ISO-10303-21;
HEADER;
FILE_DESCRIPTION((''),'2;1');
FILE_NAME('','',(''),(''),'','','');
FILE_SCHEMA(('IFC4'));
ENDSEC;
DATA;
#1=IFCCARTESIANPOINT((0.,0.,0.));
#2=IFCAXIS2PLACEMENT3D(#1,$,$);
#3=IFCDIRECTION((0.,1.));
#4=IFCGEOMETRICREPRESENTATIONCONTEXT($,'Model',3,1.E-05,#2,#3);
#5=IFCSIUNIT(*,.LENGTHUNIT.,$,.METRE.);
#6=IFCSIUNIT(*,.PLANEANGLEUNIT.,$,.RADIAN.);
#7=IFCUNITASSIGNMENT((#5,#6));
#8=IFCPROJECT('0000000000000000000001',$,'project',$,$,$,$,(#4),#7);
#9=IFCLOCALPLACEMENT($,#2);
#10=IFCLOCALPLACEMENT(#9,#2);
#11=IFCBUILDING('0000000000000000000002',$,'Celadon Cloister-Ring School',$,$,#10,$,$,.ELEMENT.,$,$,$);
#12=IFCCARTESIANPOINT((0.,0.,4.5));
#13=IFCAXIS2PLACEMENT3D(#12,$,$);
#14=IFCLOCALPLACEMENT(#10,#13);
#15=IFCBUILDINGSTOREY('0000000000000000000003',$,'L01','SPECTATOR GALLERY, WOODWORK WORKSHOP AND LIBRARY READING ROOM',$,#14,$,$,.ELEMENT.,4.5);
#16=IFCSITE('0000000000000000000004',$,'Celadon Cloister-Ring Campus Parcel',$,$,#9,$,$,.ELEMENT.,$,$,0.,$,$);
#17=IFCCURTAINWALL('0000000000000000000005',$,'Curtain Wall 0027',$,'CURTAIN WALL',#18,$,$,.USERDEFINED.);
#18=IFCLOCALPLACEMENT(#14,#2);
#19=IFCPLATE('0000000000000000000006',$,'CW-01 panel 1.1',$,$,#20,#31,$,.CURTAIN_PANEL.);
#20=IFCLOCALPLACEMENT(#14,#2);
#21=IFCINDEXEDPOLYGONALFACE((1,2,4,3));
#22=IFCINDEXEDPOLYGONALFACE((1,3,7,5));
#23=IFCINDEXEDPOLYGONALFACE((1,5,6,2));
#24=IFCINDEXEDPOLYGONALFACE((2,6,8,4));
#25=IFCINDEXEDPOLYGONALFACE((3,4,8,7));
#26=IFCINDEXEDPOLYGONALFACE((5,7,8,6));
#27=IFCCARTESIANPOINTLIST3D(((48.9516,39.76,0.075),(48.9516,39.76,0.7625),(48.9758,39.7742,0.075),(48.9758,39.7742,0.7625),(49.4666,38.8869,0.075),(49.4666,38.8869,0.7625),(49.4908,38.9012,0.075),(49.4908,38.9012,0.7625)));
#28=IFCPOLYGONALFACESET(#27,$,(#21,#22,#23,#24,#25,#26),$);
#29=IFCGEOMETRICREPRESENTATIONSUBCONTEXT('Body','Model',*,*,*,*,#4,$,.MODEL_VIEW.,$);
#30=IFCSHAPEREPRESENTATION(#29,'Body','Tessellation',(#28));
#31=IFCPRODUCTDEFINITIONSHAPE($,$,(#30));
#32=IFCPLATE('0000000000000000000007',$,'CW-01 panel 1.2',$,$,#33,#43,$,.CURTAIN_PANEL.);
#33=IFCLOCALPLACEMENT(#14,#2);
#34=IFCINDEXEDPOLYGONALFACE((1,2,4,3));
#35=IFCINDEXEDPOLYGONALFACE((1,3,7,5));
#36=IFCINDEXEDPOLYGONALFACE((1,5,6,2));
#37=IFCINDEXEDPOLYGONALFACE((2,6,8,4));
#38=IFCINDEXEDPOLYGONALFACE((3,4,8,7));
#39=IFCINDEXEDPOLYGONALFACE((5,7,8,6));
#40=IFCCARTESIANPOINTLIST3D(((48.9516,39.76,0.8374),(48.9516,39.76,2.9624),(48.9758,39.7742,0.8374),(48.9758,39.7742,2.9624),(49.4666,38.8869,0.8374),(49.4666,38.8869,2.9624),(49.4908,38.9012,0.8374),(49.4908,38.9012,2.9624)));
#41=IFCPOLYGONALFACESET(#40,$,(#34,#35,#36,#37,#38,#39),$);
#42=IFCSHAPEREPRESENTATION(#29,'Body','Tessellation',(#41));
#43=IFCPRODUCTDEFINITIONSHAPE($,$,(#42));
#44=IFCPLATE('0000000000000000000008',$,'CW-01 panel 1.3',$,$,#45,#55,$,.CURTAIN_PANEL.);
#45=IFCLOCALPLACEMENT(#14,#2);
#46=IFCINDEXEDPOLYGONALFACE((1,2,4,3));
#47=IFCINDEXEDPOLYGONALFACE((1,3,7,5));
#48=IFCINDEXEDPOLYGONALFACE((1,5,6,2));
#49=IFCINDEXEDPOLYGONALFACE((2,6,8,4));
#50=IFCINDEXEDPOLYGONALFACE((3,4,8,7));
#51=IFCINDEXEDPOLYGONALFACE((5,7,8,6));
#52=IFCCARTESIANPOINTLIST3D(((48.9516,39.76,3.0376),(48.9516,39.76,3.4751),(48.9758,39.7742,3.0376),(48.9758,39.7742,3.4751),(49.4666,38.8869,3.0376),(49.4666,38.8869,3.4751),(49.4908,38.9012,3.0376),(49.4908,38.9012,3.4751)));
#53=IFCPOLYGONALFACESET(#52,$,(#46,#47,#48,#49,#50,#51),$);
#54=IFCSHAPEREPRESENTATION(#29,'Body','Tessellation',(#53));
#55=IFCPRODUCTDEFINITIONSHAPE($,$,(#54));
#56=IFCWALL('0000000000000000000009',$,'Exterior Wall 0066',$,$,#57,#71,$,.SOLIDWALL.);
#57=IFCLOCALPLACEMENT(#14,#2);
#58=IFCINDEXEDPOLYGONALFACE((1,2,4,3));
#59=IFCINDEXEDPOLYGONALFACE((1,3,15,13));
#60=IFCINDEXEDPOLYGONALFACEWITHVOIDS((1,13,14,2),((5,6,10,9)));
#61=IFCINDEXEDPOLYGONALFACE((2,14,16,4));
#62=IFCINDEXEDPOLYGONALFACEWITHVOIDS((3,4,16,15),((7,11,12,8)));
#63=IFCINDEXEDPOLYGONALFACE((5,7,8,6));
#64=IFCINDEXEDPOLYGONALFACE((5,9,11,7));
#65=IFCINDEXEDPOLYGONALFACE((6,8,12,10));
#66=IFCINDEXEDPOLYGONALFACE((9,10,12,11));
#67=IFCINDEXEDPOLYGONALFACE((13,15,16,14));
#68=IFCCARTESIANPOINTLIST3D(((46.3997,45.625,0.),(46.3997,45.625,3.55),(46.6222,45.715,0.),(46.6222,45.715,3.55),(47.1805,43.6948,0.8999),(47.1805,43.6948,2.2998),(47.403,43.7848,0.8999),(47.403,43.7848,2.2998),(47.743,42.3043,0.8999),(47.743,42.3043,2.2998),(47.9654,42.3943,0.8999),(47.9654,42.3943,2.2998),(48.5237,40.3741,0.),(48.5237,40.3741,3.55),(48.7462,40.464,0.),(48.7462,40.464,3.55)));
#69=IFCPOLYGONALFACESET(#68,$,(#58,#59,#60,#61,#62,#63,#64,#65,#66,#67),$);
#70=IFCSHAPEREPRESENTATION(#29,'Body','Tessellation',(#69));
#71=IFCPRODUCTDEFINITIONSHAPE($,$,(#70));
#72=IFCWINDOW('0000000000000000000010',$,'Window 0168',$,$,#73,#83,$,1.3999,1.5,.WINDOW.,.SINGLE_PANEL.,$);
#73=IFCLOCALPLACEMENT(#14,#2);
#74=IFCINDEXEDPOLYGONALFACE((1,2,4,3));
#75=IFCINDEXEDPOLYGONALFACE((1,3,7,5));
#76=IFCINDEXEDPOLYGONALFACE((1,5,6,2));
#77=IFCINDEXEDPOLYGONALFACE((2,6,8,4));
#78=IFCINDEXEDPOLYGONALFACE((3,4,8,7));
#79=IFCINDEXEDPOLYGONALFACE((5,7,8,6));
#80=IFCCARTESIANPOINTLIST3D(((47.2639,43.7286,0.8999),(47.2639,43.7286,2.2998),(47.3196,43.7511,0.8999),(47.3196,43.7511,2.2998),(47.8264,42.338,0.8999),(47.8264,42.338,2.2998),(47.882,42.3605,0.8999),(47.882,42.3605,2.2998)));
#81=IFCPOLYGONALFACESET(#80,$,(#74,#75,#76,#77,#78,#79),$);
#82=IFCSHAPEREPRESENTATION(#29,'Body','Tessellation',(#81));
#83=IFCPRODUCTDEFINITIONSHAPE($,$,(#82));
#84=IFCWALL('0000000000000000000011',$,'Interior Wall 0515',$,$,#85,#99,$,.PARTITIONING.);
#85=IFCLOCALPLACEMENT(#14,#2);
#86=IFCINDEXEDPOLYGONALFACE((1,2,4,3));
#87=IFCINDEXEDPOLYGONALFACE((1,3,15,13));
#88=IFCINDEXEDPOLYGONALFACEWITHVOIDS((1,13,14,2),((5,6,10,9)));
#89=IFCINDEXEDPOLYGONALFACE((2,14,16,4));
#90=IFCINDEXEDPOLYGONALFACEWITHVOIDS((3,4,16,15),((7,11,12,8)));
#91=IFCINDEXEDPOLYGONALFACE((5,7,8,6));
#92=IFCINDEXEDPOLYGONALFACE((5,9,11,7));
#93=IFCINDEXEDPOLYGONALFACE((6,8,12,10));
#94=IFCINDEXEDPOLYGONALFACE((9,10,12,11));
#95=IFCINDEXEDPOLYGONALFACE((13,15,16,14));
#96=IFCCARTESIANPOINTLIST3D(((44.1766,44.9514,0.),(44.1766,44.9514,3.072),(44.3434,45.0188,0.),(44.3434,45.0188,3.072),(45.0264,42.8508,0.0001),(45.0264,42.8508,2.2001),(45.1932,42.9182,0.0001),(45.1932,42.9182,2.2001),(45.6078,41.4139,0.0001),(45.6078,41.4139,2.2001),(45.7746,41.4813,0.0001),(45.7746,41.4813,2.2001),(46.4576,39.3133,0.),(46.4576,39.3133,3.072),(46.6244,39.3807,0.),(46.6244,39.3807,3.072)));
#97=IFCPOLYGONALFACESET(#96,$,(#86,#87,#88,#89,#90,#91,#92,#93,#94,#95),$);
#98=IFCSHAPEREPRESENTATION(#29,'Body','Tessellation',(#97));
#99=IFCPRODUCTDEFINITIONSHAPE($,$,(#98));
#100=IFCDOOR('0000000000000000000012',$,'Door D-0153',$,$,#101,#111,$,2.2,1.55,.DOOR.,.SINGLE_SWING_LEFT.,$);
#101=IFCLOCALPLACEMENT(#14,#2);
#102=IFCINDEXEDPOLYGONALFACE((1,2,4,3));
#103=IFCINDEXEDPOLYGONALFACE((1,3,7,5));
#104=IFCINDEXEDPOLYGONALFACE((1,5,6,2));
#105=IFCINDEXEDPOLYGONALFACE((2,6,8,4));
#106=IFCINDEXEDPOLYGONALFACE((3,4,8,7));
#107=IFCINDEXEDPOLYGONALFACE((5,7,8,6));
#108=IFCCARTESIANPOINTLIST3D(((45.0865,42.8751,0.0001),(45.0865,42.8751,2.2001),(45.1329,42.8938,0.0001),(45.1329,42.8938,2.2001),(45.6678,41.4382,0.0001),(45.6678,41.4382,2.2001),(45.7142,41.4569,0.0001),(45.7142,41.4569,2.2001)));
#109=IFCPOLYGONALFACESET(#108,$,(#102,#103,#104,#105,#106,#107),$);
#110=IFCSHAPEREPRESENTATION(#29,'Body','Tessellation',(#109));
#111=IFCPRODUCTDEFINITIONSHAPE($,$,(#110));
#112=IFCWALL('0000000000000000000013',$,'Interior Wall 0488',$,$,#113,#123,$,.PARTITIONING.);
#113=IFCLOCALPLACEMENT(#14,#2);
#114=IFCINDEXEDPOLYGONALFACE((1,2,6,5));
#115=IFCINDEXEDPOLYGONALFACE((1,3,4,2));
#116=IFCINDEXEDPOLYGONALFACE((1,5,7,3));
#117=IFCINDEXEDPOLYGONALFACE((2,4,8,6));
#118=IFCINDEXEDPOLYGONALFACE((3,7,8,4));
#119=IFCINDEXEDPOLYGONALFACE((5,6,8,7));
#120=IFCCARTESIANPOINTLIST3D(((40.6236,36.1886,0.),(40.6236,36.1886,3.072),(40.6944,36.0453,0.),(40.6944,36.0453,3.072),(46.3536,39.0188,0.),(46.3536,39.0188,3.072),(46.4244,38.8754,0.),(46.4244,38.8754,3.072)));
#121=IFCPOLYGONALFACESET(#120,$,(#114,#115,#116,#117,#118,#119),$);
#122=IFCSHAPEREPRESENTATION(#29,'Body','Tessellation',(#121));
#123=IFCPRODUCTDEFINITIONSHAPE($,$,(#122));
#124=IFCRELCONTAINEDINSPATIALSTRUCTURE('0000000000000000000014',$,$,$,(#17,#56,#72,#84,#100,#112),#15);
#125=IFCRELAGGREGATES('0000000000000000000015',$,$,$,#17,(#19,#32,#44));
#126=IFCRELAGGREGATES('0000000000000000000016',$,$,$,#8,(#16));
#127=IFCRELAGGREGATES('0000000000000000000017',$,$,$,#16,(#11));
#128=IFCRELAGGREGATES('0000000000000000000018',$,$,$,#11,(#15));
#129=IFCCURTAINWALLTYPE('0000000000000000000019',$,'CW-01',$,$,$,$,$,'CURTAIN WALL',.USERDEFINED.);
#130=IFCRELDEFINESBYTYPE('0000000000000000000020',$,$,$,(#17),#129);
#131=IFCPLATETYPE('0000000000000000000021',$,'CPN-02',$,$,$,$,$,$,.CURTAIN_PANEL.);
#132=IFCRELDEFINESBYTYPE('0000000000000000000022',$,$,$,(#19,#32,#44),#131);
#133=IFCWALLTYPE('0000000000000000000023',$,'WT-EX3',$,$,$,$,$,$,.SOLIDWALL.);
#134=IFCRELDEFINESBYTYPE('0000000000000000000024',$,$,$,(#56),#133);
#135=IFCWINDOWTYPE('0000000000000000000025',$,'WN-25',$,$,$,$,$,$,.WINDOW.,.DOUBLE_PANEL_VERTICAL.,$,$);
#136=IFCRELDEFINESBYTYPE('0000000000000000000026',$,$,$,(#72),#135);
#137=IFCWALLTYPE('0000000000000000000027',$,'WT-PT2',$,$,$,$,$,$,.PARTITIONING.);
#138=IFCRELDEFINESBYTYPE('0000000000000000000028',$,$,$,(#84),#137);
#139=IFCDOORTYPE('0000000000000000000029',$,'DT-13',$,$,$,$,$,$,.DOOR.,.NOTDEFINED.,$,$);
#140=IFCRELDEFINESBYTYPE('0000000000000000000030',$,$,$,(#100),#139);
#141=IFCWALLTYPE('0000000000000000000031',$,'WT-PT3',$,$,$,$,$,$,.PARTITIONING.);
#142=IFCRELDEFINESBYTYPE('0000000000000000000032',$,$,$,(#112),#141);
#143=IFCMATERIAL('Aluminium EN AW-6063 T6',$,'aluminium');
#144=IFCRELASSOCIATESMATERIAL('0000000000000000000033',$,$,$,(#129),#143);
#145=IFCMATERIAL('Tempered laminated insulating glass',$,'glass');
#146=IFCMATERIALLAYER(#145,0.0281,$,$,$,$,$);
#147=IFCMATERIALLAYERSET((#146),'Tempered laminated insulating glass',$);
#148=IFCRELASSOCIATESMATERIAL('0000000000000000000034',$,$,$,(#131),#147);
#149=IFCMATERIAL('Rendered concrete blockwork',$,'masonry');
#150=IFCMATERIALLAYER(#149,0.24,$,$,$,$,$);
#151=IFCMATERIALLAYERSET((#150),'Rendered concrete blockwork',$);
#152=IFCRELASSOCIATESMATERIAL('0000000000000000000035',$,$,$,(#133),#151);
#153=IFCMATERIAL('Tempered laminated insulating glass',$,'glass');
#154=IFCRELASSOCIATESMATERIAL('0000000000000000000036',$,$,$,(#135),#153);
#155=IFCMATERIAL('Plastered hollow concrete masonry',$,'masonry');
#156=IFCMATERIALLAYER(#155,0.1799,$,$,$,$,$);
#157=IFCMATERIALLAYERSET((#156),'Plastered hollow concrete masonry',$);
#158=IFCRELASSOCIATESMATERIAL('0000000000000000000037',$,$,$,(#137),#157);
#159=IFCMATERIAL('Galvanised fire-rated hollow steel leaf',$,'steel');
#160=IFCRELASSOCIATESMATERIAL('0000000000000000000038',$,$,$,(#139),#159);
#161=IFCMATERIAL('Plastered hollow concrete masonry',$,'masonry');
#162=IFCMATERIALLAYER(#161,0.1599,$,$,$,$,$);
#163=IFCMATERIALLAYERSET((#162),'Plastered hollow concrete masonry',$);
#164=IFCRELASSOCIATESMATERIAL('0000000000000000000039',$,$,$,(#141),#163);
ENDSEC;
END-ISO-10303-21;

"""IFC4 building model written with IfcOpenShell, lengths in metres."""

from ifc_helpers import new_model, si_unit, direction, frame, frame_2d, origin, origin_2d, place, context, subcontext, project, spatial, rectangle, extrude, material, layer, layer_set, type_object, element, fill, aggregate, save


model = new_model("IFC4")

# Units and contexts
model_context = context("Model", 3, precision=1e-05, world=origin(), true_north=direction((0.0, 1.0)))
body_context = subcontext(model_context, "Body", "Model", "MODEL_VIEW")
ifc_project = project(units=[si_unit("LENGTHUNIT", "METRE"), si_unit("PLANEANGLEUNIT", "RADIAN")], contexts=[model_context])

# Site, building, storey
site_placement = place(None, origin())
site = spatial("IfcSite", under=ifc_project, at=site_placement, Name="Celadon Cloister-Ring Campus Parcel", CompositionType="ELEMENT", RefElevation=0.0)
building_placement = place(site_placement, origin())
building = spatial("IfcBuilding", under=site, at=building_placement, Name="Celadon Cloister-Ring School", CompositionType="ELEMENT")
storey_placement = place(building_placement, frame((0.0, 0.0, 4.5)))
storey = spatial("IfcBuildingStorey", under=building, at=storey_placement, Name="L01", Description="SPECTATOR GALLERY, WOODWORK WORKSHOP AND LIBRARY READING ROOM", CompositionType="ELEMENT", Elevation=4.5)

# Shared definitions
ifc_material_1 = material(Name="Aluminium EN AW-6063 T6", Category="aluminium")
curtain_wall_type = type_object("IfcCurtainWallType", Name="CW-01", ElementType="CURTAIN WALL", PredefinedType="USERDEFINED", material=ifc_material_1)

# Curtain wall
curtain_wall_1_placement = place(storey_placement, origin())
curtain_wall_1 = element("IfcCurtainWall", 1, at=curtain_wall_1_placement, inside=storey, type_object=curtain_wall_type, Name="Curtain Wall 0027", ObjectType="CURTAIN WALL", PredefinedType="USERDEFINED")

# Plates
ifc_material_2 = material(Name="Tempered laminated insulating glass", Category="glass")
ifc_layer_1 = layer(ifc_material_2, 0.0281)
ifc_layer_set_1 = layer_set([ifc_layer_1], Name="Tempered laminated insulating glass")
plate_type = type_object("IfcPlateType", Name="CPN-02", PredefinedType="CURTAIN_PANEL", material=ifc_layer_set_1)
plate_1_placement = place(storey_placement, frame((49.2212, 39.3306, 0.075), z_axis=(0.0, 0.0, 1.0), x_axis=(0.508099, -0.861299, 0.0)))
plate_1 = element("IfcPlate", 2, at=plate_1_placement, type_object=plate_type, Name="CW-01 panel 1.1", PredefinedType="CURTAIN_PANEL", context=body_context, shape_type="SweptSolid", body=[
    extrude(rectangle(XDim=1.0137, YDim=0.0281, at=origin_2d()), origin(), (0.0, 0.0, 1.0), 0.6875),
])
plate_2_placement = place(storey_placement, frame((49.2212, 39.3306, 0.8374), z_axis=(0.0, 0.0, 1.0), x_axis=(0.508099, -0.861299, 0.0)))
plate_2 = element("IfcPlate", 3, at=plate_2_placement, type_object=plate_type, Name="CW-01 panel 1.2", PredefinedType="CURTAIN_PANEL", context=body_context, shape_type="SweptSolid", body=[
    extrude(rectangle(XDim=1.0137, YDim=0.0281, at=origin_2d()), origin(), (0.0, 0.0, 1.0), 2.125),
])
plate_3_placement = place(storey_placement, frame((49.2212, 39.3306, 3.0376), z_axis=(0.0, 0.0, 1.0), x_axis=(0.508099, -0.861299, 0.0)))
plate_3 = element("IfcPlate", 4, at=plate_3_placement, type_object=plate_type, Name="CW-01 panel 1.3", PredefinedType="CURTAIN_PANEL", context=body_context, shape_type="SweptSolid", body=[
    extrude(rectangle(XDim=1.0137, YDim=0.0281, at=origin_2d()), origin(), (0.0, 0.0, 1.0), 0.4375),
])
aggregate(curtain_wall_1, [plate_1, plate_2, plate_3])

# Wall, opening, window
ifc_material_3 = material(Name="Rendered concrete blockwork", Category="masonry")
ifc_layer_2 = layer(ifc_material_3, 0.24)
ifc_layer_set_2 = layer_set([ifc_layer_2], Name="Rendered concrete blockwork")
wall_type_1 = type_object("IfcWallType", Name="WT-EX3", PredefinedType="SOLIDWALL", material=ifc_layer_set_2)
wall_1_placement = place(storey_placement, frame((46.511, 45.6699, 0.0), z_axis=(0.0, 0.0, 1.0), x_axis=(0.374985, -0.927031, 0.0)))
wall_1 = element("IfcWall", 5, at=wall_1_placement, inside=storey, type_object=wall_type_1, Name="Exterior Wall 0066", PredefinedType="SOLIDWALL", context=body_context, shape_type="SweptSolid", body=[
    extrude(rectangle(XDim=5.6643, YDim=0.24, at=frame_2d((2.832, 0.0))), origin(), (0.0, 0.0, 1.0), 3.55),
])
opening_1_placement = place(wall_1_placement, frame((2.082, 0.0, 0.8999)))
opening_1 = element("IfcOpeningElement", 6, at=opening_1_placement, cuts=wall_1, PredefinedType="OPENING", context=body_context, shape_type="SweptSolid", body=[
    extrude(rectangle(XDim=1.5, YDim=1.3999, at=frame_2d((0.75, 0.7))), frame((0.0, 0.1299, 0.0), z_axis=(0.0, -1.0, 0.0), x_axis=(1.0, 0.0, 0.0)), (0.0, 0.0, 1.0), 0.26),
])
ifc_material_4 = material(Name="Tempered laminated insulating glass", Category="glass")
window_type = type_object("IfcWindowType", Name="WN-25", PartitioningType="DOUBLE_PANEL_VERTICAL", PredefinedType="WINDOW", material=ifc_material_4)
window_placement = place(opening_1_placement, origin())
window = element("IfcWindow", 7, at=window_placement, inside=storey, type_object=window_type, Name="Window 0168", OverallHeight=1.3999, OverallWidth=1.5, PartitioningType="SINGLE_PANEL", PredefinedType="WINDOW", context=body_context, shape_type="SweptSolid", body=[
    extrude(rectangle(XDim=1.5, YDim=1.3999, at=frame_2d((0.75, 0.7))), frame((0.0, 0.03, 0.0), z_axis=(0.0, -1.0, 0.0), x_axis=(1.0, 0.0, 0.0)), (0.0, 0.0, 1.0), 0.0601),
])
fill(opening_1, window)

# Wall, opening, door
ifc_material_5 = material(Name="Plastered hollow concrete masonry", Category="masonry")
ifc_layer_3 = layer(ifc_material_5, 0.1799)
ifc_layer_set_3 = layer_set([ifc_layer_3], Name="Plastered hollow concrete masonry")
wall_type_2 = type_object("IfcWallType", Name="WT-PT2", PredefinedType="PARTITIONING", material=ifc_layer_set_3)
wall_2_placement = place(storey_placement, frame((44.26, 44.9851, 0.0), z_axis=(0.0, 0.0, 1.0), x_axis=(0.375035, -0.927011, 0.0)))
wall_2 = element("IfcWall", 8, at=wall_2_placement, inside=storey, type_object=wall_type_2, Name="Interior Wall 0515", PredefinedType="PARTITIONING", context=body_context, shape_type="SweptSolid", body=[
    extrude(rectangle(XDim=6.082, YDim=0.1799, at=frame_2d((3.041, 0.0))), origin(), (0.0, 0.0, 1.0), 3.072),
])
opening_2_placement = place(wall_2_placement, frame((2.2661, 0.0, 0.0)))
opening_2 = element("IfcOpeningElement", 9, at=opening_2_placement, cuts=wall_2, PredefinedType="OPENING", context=body_context, shape_type="SweptSolid", body=[
    extrude(rectangle(XDim=1.55, YDim=2.2, at=frame_2d((0.7749, 1.1001))), frame((0.0, 0.1001, 0.0), z_axis=(0.0, -1.0, 0.0), x_axis=(1.0, 0.0, 0.0)), (0.0, 0.0, 1.0), 0.2),
])
ifc_material_6 = material(Name="Galvanised fire-rated hollow steel leaf", Category="steel")
door_type = type_object("IfcDoorType", Name="DT-13", OperationType="NOTDEFINED", PredefinedType="DOOR", material=ifc_material_6)
door_placement = place(opening_2_placement, origin())
door = element("IfcDoor", 10, at=door_placement, inside=storey, type_object=door_type, Name="Door D-0153", OperationType="SINGLE_SWING_LEFT", OverallHeight=2.2, OverallWidth=1.55, PredefinedType="DOOR", context=body_context, shape_type="SweptSolid", body=[
    extrude(rectangle(XDim=1.55, YDim=2.2, at=frame_2d((0.7749, 1.1001))), frame((0.0, 0.0249, 0.0), z_axis=(0.0, -1.0, 0.0), x_axis=(1.0, 0.0, 0.0)), (0.0, 0.0, 1.0), 0.05),
])
fill(opening_2, door)

# Wall
ifc_material_7 = material(Name="Plastered hollow concrete masonry", Category="masonry")
ifc_layer_4 = layer(ifc_material_7, 0.1599)
ifc_layer_set_4 = layer_set([ifc_layer_4], Name="Plastered hollow concrete masonry")
wall_type_3 = type_object("IfcWallType", Name="WT-PT3", PredefinedType="PARTITIONING", material=ifc_layer_set_4)
wall_3_placement = place(storey_placement, frame((46.3889, 38.947, 0.0), z_axis=(0.0, 0.0, 1.0), x_axis=(-0.896602, -0.442838, 0.0)))
element("IfcWall", 11, at=wall_3_placement, inside=storey, type_object=wall_type_3, Name="Interior Wall 0488", PredefinedType="PARTITIONING", context=body_context, shape_type="SweptSolid", body=[
    extrude(rectangle(XDim=6.3909, YDim=0.1599, at=frame_2d((3.1953, 0.0))), origin(), (0.0, 0.0, 1.0), 3.072),
])

save(model, "model.ifc")
